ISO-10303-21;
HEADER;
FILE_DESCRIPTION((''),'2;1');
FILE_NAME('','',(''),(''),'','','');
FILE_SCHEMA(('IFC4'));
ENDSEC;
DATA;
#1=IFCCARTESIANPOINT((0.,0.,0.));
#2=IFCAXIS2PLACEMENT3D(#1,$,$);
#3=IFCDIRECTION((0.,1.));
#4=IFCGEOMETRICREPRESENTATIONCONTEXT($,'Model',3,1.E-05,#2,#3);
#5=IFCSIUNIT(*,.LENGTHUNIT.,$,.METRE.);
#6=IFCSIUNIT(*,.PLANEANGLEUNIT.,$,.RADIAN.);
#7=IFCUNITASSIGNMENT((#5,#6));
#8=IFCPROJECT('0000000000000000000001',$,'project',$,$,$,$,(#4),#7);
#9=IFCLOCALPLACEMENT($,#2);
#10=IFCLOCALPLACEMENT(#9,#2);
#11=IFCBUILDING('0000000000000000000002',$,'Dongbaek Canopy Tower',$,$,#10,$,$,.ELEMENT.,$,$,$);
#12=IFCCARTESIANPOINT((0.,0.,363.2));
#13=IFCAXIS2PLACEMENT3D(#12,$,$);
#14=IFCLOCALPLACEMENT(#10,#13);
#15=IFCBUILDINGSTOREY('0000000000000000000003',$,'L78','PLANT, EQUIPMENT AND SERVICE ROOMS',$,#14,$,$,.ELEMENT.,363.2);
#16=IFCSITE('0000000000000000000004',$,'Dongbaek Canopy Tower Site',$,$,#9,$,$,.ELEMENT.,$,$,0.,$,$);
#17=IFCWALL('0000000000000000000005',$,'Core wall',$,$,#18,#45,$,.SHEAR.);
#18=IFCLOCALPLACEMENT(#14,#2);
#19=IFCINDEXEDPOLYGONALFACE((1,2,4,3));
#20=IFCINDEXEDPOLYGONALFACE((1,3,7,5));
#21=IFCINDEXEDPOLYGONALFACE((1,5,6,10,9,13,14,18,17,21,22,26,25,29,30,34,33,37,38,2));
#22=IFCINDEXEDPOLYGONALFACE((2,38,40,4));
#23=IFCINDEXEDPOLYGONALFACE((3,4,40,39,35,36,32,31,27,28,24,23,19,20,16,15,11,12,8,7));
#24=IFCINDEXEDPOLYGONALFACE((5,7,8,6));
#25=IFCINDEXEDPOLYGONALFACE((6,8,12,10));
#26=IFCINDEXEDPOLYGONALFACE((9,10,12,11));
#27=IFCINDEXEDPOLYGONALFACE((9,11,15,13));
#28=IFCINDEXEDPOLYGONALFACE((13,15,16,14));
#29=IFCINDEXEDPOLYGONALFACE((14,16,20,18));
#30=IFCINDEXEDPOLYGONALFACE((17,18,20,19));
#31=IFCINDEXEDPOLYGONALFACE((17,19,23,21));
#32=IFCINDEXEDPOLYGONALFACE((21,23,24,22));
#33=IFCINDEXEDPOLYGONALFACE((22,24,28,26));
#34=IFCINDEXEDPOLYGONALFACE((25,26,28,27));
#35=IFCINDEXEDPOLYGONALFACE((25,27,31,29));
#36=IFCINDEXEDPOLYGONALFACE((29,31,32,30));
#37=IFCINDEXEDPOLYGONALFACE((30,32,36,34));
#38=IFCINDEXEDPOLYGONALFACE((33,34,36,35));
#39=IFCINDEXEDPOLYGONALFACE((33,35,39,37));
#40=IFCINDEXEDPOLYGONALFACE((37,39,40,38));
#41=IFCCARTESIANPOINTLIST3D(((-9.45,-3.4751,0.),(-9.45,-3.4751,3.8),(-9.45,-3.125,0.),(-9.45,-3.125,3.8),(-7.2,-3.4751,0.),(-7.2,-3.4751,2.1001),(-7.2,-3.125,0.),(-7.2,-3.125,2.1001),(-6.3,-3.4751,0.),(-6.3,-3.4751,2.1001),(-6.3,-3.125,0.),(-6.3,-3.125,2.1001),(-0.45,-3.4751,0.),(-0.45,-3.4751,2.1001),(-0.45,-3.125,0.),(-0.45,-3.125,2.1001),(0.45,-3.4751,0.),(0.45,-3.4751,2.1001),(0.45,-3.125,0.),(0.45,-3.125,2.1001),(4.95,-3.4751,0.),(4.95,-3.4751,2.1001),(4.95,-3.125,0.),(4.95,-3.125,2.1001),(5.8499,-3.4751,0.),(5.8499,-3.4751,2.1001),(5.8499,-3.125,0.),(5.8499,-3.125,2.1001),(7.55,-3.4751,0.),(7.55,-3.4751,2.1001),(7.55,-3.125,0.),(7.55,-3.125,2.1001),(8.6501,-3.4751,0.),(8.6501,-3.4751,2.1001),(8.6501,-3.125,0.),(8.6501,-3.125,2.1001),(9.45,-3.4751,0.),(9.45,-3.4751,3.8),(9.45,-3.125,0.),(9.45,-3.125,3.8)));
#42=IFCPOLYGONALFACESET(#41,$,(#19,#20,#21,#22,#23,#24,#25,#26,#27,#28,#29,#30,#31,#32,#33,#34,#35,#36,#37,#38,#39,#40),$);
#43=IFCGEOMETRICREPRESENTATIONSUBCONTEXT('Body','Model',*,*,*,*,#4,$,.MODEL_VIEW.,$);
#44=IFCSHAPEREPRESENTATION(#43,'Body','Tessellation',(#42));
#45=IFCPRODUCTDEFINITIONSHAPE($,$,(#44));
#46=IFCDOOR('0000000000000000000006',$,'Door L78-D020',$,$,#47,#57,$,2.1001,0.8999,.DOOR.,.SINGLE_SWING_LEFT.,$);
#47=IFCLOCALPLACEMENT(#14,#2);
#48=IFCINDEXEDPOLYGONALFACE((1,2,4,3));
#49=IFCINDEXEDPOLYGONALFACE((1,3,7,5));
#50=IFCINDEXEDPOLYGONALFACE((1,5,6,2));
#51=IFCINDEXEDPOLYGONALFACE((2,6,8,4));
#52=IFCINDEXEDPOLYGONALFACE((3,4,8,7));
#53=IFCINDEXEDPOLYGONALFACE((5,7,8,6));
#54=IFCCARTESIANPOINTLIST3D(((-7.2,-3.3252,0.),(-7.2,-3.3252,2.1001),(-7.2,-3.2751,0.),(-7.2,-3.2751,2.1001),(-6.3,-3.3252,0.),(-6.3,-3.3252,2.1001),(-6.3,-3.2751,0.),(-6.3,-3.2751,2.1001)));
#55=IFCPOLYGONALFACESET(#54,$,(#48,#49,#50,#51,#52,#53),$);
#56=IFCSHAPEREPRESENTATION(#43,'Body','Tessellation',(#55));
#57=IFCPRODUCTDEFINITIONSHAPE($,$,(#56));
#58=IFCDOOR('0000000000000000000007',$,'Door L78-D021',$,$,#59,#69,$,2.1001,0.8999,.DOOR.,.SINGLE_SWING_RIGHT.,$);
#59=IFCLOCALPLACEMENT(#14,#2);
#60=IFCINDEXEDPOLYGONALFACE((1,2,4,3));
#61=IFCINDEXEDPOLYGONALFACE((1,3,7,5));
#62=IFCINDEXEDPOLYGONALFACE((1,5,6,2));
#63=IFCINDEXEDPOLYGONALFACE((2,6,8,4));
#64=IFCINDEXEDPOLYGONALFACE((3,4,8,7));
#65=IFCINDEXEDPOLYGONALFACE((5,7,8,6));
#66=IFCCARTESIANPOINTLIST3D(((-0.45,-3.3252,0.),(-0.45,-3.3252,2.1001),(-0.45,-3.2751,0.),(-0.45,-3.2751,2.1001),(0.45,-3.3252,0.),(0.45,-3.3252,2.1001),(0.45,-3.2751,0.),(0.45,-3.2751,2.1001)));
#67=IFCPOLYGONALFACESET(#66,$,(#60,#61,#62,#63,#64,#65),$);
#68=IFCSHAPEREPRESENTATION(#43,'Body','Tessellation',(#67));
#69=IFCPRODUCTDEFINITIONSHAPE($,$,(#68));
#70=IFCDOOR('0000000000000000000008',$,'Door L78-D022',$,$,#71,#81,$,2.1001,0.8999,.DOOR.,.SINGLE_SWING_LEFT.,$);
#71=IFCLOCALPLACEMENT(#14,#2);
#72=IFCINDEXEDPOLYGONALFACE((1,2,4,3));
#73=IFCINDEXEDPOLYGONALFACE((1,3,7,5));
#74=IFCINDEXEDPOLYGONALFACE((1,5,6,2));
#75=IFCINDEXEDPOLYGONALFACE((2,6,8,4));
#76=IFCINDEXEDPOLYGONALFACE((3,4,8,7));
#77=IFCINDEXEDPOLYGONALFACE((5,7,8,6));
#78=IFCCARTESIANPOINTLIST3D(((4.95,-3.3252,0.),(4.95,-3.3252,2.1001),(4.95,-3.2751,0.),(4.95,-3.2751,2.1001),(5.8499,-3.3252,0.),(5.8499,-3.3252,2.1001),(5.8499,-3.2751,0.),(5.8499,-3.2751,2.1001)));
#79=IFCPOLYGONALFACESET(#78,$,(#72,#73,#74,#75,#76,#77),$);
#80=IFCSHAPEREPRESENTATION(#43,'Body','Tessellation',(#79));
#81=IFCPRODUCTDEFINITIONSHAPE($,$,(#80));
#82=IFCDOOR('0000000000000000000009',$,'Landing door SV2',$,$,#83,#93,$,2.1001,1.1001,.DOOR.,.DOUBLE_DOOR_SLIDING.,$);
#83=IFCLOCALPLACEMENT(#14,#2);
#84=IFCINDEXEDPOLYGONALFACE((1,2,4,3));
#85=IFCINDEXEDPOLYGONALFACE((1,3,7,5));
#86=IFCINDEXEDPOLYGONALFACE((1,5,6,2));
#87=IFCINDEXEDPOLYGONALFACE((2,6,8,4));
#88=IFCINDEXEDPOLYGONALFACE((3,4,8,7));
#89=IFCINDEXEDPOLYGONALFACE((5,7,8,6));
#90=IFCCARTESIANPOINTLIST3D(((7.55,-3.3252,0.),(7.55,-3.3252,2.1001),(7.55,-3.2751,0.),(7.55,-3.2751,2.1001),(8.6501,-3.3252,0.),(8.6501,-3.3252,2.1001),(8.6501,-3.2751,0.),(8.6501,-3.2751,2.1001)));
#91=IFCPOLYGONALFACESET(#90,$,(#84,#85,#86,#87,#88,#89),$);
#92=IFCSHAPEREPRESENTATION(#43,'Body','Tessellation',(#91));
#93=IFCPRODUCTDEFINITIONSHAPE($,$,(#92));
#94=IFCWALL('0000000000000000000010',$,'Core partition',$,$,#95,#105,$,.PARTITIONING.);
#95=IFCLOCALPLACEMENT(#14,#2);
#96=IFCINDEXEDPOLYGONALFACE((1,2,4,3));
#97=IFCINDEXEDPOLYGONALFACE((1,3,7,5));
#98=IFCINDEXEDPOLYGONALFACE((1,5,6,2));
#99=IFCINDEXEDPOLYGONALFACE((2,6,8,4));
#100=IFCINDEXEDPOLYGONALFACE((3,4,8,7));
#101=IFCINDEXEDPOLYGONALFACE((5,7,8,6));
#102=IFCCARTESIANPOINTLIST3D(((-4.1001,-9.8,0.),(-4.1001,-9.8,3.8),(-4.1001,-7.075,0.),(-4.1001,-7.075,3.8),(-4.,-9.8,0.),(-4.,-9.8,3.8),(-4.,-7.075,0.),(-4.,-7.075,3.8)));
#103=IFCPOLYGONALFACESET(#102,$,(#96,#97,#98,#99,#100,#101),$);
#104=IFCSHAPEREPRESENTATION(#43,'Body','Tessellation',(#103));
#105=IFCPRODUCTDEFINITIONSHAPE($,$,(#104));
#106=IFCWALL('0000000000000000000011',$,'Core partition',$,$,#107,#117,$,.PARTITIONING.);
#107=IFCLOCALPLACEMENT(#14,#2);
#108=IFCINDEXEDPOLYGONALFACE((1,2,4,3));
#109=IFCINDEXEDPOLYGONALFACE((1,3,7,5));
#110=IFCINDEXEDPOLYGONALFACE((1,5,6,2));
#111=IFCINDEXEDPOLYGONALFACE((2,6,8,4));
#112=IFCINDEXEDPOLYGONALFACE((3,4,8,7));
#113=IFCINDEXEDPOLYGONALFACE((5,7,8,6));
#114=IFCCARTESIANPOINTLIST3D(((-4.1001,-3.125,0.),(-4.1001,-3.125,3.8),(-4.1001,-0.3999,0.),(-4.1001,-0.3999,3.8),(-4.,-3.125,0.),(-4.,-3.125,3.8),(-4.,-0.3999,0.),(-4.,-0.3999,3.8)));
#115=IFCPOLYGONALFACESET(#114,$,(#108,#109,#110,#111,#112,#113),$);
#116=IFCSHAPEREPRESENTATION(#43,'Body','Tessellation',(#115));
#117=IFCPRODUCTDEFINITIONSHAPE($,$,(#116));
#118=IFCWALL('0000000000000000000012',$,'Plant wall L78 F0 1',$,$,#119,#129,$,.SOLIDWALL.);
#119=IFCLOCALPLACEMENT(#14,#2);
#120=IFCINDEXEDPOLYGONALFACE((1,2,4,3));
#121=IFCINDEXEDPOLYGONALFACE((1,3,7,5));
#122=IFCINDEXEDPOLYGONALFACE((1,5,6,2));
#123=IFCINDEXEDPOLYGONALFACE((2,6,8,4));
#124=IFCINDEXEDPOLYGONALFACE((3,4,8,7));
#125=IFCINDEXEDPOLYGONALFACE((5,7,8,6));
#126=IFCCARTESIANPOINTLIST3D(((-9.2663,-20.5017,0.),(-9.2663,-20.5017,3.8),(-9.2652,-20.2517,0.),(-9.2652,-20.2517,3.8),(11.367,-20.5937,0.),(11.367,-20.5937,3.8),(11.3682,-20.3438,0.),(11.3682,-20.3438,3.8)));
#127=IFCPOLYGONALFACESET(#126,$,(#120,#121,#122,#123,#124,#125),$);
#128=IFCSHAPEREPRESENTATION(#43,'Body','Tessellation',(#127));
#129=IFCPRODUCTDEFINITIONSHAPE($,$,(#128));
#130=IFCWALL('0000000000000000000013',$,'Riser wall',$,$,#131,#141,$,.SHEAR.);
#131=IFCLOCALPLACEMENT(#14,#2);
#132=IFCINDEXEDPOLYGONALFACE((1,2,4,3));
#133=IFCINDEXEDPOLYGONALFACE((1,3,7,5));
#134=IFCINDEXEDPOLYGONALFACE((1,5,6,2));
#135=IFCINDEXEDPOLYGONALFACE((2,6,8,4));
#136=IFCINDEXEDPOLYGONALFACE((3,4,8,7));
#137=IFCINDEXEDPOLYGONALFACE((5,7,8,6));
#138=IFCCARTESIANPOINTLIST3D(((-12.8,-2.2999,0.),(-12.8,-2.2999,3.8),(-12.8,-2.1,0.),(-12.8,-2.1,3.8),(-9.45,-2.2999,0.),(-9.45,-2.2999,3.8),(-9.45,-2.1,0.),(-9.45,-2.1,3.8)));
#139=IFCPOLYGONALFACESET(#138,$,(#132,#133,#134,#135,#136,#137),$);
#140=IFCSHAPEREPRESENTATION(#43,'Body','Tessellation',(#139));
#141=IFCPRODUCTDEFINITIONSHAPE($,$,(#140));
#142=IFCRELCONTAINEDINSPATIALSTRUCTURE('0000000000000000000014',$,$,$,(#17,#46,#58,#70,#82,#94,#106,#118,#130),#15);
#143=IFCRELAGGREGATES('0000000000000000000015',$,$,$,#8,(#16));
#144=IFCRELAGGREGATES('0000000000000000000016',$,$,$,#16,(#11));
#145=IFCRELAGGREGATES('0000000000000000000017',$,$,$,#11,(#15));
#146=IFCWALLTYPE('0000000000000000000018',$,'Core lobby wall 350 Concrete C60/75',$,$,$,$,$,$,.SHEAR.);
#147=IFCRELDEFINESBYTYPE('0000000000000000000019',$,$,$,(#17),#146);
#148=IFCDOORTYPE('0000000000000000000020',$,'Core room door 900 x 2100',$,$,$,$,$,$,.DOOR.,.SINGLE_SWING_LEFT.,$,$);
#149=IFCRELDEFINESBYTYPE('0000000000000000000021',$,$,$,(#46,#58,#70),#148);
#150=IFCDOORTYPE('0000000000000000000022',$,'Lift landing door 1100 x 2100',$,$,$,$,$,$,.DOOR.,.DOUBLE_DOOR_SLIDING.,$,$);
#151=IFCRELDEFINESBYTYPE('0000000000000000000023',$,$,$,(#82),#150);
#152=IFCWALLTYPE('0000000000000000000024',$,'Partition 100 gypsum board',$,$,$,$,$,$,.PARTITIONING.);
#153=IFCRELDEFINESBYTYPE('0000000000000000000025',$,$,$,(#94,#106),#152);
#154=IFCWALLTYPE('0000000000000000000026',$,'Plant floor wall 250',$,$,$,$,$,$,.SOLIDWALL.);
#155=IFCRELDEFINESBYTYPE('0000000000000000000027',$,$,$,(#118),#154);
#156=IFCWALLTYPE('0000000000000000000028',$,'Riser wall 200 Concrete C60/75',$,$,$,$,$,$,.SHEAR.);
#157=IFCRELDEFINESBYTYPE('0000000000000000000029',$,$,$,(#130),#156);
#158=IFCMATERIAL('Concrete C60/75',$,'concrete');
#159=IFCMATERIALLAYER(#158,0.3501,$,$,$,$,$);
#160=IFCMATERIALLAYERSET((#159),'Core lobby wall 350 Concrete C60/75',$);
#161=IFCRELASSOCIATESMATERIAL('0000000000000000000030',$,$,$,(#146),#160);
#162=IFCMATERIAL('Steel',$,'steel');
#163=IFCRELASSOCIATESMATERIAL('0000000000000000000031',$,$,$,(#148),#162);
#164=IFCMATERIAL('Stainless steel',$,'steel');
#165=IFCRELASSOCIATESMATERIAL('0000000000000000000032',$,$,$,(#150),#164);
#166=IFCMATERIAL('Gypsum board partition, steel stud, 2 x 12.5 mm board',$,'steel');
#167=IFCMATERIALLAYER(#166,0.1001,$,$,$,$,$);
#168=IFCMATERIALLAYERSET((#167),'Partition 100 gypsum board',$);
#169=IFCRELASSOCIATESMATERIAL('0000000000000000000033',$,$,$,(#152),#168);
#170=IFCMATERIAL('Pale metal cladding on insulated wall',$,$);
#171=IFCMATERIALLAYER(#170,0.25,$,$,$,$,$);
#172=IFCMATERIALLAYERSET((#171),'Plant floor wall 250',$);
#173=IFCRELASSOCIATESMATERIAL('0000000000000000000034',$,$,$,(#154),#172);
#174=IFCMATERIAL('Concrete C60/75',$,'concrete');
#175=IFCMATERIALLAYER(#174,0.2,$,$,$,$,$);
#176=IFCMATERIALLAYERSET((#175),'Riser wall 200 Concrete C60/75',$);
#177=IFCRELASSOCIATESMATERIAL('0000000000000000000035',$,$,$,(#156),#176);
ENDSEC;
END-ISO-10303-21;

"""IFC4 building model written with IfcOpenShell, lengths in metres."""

from ifc_helpers import new_model, si_unit, direction, frame, frame_2d, origin, place, context, subcontext, project, spatial, rectangle, extrude, material, layer, layer_set, type_object, element, fill, save


model = new_model("IFC4")

# Units and contexts
model_context = context("Model", 3, precision=1e-05, world=origin(), true_north=direction((0.0, 1.0)))
body_context = subcontext(model_context, "Body", "Model", "MODEL_VIEW")
ifc_project = project(units=[si_unit("LENGTHUNIT", "METRE"), si_unit("PLANEANGLEUNIT", "RADIAN")], contexts=[model_context])

# Site, building, storey
site_placement = place(None, origin())
site = spatial("IfcSite", under=ifc_project, at=site_placement, Name="Dongbaek Canopy Tower Site", CompositionType="ELEMENT", RefElevation=0.0)
building_placement = place(site_placement, origin())
building = spatial("IfcBuilding", under=site, at=building_placement, Name="Dongbaek Canopy Tower", CompositionType="ELEMENT")
storey_placement = place(building_placement, frame((0.0, 0.0, 363.2)))
storey = spatial("IfcBuildingStorey", under=building, at=storey_placement, Name="L78", Description="PLANT, EQUIPMENT AND SERVICE ROOMS", CompositionType="ELEMENT", Elevation=363.2)

# Wall, openings, doors
ifc_material_1 = material(Name="Concrete C60/75", Category="concrete")
ifc_layer_1 = layer(ifc_material_1, 0.3501)
ifc_layer_set_1 = layer_set([ifc_layer_1], Name="Core lobby wall 350 Concrete C60/75")
wall_type_1 = type_object("IfcWallType", Name="Core lobby wall 350 Concrete C60/75", PredefinedType="SHEAR", material=ifc_layer_set_1)
wall_1_placement = place(storey_placement, frame((-9.45, -3.3, 0.0), z_axis=(0.0, 0.0, 1.0), x_axis=(1.0, 0.0, 0.0)))
wall_1 = element("IfcWall", 1, at=wall_1_placement, inside=storey, type_object=wall_type_1, Name="Core wall", PredefinedType="SHEAR", context=body_context, shape_type="SweptSolid", body=[
    extrude(rectangle(XDim=18.8999, YDim=0.3501, at=frame_2d((9.45, 0.0))), origin(), (0.0, 0.0, 1.0), 3.8),
])
opening_1_placement = place(wall_1_placement, frame((17.0, 0.0, 0.0)))
opening_1 = element("IfcOpeningElement", 2, at=opening_1_placement, cuts=wall_1, PredefinedType="OPENING", context=body_context, shape_type="SweptSolid", body=[
    extrude(rectangle(XDim=1.1001, YDim=2.1001, at=frame_2d((0.55, 1.05))), frame((0.0, 0.1851, 0.0), z_axis=(0.0, -1.0, 0.0), x_axis=(1.0, 0.0, 0.0)), (0.0, 0.0, 1.0), 0.3701),
])
opening_2_placement = place(wall_1_placement, frame((2.25, 0.0, 0.0)))
opening_2 = element("IfcOpeningElement", 3, at=opening_2_placement, cuts=wall_1, PredefinedType="OPENING", context=body_context, shape_type="SweptSolid", body=[
    extrude(rectangle(XDim=0.8999, YDim=2.1001, at=frame_2d((0.45, 1.05))), frame((0.0, 0.1851, 0.0), z_axis=(0.0, -1.0, 0.0), x_axis=(1.0, 0.0, 0.0)), (0.0, 0.0, 1.0), 0.3701),
])
opening_3_placement = place(wall_1_placement, frame((9.0, 0.0, 0.0)))
opening_3 = element("IfcOpeningElement", 4, at=opening_3_placement, cuts=wall_1, PredefinedType="OPENING", context=body_context, shape_type="SweptSolid", body=[
    extrude(rectangle(XDim=0.8999, YDim=2.1001, at=frame_2d((0.45, 1.05))), frame((0.0, 0.1851, 0.0), z_axis=(0.0, -1.0, 0.0), x_axis=(1.0, 0.0, 0.0)), (0.0, 0.0, 1.0), 0.3701),
])
opening_4_placement = place(wall_1_placement, frame((14.3999, 0.0, 0.0)))
opening_4 = element("IfcOpeningElement", 5, at=opening_4_placement, cuts=wall_1, PredefinedType="OPENING", context=body_context, shape_type="SweptSolid", body=[
    extrude(rectangle(XDim=0.8999, YDim=2.1001, at=frame_2d((0.45, 1.05))), frame((0.0, 0.1851, 0.0), z_axis=(0.0, -1.0, 0.0), x_axis=(1.0, 0.0, 0.0)), (0.0, 0.0, 1.0), 0.3701),
])
ifc_material_2 = material(Name="Steel", Category="steel")
door_type_1 = type_object("IfcDoorType", Name="Core room door 900 x 2100", OperationType="SINGLE_SWING_LEFT", PredefinedType="DOOR", material=ifc_material_2)
door_1_placement = place(opening_2_placement, origin())
door_1 = element("IfcDoor", 6, at=door_1_placement, inside=storey, type_object=door_type_1, Name="Door L78-D020", OperationType="SINGLE_SWING_LEFT", OverallHeight=2.1001, OverallWidth=0.8999, PredefinedType="DOOR", context=body_context, shape_type="SweptSolid", body=[
    extrude(rectangle(XDim=0.8999, YDim=2.1001, at=frame_2d((0.45, 1.05))), frame((0.0, 0.0249, 0.0), z_axis=(0.0, -1.0, 0.0), x_axis=(1.0, 0.0, 0.0)), (0.0, 0.0, 1.0), 0.05),
])
fill(opening_2, door_1)
door_2_placement = place(opening_3_placement, origin())
door_2 = element("IfcDoor", 7, at=door_2_placement, inside=storey, type_object=door_type_1, Name="Door L78-D021", OperationType="SINGLE_SWING_RIGHT", OverallHeight=2.1001, OverallWidth=0.8999, PredefinedType="DOOR", context=body_context, shape_type="SweptSolid", body=[
    extrude(rectangle(XDim=0.8999, YDim=2.1001, at=frame_2d((0.45, 1.05))), frame((0.0, 0.0249, 0.0), z_axis=(0.0, -1.0, 0.0), x_axis=(1.0, 0.0, 0.0)), (0.0, 0.0, 1.0), 0.05),
])
fill(opening_3, door_2)
door_3_placement = place(opening_4_placement, origin())
door_3 = element("IfcDoor", 8, at=door_3_placement, inside=storey, type_object=door_type_1, Name="Door L78-D022", OperationType="SINGLE_SWING_LEFT", OverallHeight=2.1001, OverallWidth=0.8999, PredefinedType="DOOR", context=body_context, shape_type="SweptSolid", body=[
    extrude(rectangle(XDim=0.8999, YDim=2.1001, at=frame_2d((0.45, 1.05))), frame((0.0, 0.0249, 0.0), z_axis=(0.0, -1.0, 0.0), x_axis=(1.0, 0.0, 0.0)), (0.0, 0.0, 1.0), 0.05),
])
fill(opening_4, door_3)
ifc_material_3 = material(Name="Stainless steel", Category="steel")
door_type_2 = type_object("IfcDoorType", Name="Lift landing door 1100 x 2100", OperationType="DOUBLE_DOOR_SLIDING", PredefinedType="DOOR", material=ifc_material_3)
door_4_placement = place(opening_1_placement, origin())
door_4 = element("IfcDoor", 9, at=door_4_placement, inside=storey, type_object=door_type_2, Name="Landing door SV2", OperationType="DOUBLE_DOOR_SLIDING", OverallHeight=2.1001, OverallWidth=1.1001, PredefinedType="DOOR", context=body_context, shape_type="SweptSolid", body=[
    extrude(rectangle(XDim=1.1001, YDim=2.1001, at=frame_2d((0.55, 1.05))), frame((0.0, 0.0249, 0.0), z_axis=(0.0, -1.0, 0.0), x_axis=(1.0, 0.0, 0.0)), (0.0, 0.0, 1.0), 0.05),
])
fill(opening_1, door_4)

# Walls
ifc_material_4 = material(Name="Gypsum board partition, steel stud, 2 x 12.5 mm board", Category="steel")
ifc_layer_2 = layer(ifc_material_4, 0.1001)
ifc_layer_set_2 = layer_set([ifc_layer_2], Name="Partition 100 gypsum board")
wall_type_2 = type_object("IfcWallType", Name="Partition 100 gypsum board", PredefinedType="PARTITIONING", material=ifc_layer_set_2)
for number, where, z_axis, x_axis, name in (
    (10, (-4.05, -9.8, 0.0), (0.0, 0.0, 1.0), (0.0, 1.0, 0.0), "Core partition"),
    (11, (-4.05, -3.125, 0.0), (0.0, 0.0, 1.0), (0.0, 1.0, 0.0), "Core partition"),
):
    element("IfcWall", number, at=place(storey_placement, frame(where, z_axis=z_axis, x_axis=x_axis)), inside=storey, type_object=wall_type_2, Name=name, PredefinedType="PARTITIONING", context=body_context, shape_type="SweptSolid", body=[
        extrude(rectangle(XDim=2.7251, YDim=0.1001, at=frame_2d((1.3625, 0.0))), origin(), (0.0, 0.0, 1.0), 3.8),
    ])
ifc_material_5 = material(Name="Pale metal cladding on insulated wall")
ifc_layer_3 = layer(ifc_material_5, 0.25)
ifc_layer_set_3 = layer_set([ifc_layer_3], Name="Plant floor wall 250")
wall_type_3 = type_object("IfcWallType", Name="Plant floor wall 250", PredefinedType="SOLIDWALL", material=ifc_layer_set_3)
wall_2_placement = place(storey_placement, frame((-9.2659, -20.3767, 0.0), z_axis=(0.0, 0.0, 1.0), x_axis=(0.99999, -0.004461, 0.0)))
element("IfcWall", 12, at=wall_2_placement, inside=storey, type_object=wall_type_3, Name="Plant wall L78 F0 1", PredefinedType="SOLIDWALL", context=body_context, shape_type="SweptSolid", body=[
    extrude(rectangle(XDim=20.6335, YDim=0.25, at=frame_2d((10.3169, 0.0))), origin(), (0.0, 0.0, 1.0), 3.8),
])
ifc_material_6 = material(Name="Concrete C60/75", Category="concrete")
ifc_layer_4 = layer(ifc_material_6, 0.2)
ifc_layer_set_4 = layer_set([ifc_layer_4], Name="Riser wall 200 Concrete C60/75")
wall_type_4 = type_object("IfcWallType", Name="Riser wall 200 Concrete C60/75", PredefinedType="SHEAR", material=ifc_layer_set_4)
wall_3_placement = place(storey_placement, frame((-9.45, -2.2, 0.0), z_axis=(0.0, 0.0, 1.0), x_axis=(-1.0, 0.0, 0.0)))
element("IfcWall", 13, at=wall_3_placement, inside=storey, type_object=wall_type_4, Name="Riser wall", PredefinedType="SHEAR", context=body_context, shape_type="SweptSolid", body=[
    extrude(rectangle(XDim=3.3501, YDim=0.2, at=frame_2d((1.675, 0.0))), origin(), (0.0, 0.0, 1.0), 3.8),
])

save(model, "model.ifc")
